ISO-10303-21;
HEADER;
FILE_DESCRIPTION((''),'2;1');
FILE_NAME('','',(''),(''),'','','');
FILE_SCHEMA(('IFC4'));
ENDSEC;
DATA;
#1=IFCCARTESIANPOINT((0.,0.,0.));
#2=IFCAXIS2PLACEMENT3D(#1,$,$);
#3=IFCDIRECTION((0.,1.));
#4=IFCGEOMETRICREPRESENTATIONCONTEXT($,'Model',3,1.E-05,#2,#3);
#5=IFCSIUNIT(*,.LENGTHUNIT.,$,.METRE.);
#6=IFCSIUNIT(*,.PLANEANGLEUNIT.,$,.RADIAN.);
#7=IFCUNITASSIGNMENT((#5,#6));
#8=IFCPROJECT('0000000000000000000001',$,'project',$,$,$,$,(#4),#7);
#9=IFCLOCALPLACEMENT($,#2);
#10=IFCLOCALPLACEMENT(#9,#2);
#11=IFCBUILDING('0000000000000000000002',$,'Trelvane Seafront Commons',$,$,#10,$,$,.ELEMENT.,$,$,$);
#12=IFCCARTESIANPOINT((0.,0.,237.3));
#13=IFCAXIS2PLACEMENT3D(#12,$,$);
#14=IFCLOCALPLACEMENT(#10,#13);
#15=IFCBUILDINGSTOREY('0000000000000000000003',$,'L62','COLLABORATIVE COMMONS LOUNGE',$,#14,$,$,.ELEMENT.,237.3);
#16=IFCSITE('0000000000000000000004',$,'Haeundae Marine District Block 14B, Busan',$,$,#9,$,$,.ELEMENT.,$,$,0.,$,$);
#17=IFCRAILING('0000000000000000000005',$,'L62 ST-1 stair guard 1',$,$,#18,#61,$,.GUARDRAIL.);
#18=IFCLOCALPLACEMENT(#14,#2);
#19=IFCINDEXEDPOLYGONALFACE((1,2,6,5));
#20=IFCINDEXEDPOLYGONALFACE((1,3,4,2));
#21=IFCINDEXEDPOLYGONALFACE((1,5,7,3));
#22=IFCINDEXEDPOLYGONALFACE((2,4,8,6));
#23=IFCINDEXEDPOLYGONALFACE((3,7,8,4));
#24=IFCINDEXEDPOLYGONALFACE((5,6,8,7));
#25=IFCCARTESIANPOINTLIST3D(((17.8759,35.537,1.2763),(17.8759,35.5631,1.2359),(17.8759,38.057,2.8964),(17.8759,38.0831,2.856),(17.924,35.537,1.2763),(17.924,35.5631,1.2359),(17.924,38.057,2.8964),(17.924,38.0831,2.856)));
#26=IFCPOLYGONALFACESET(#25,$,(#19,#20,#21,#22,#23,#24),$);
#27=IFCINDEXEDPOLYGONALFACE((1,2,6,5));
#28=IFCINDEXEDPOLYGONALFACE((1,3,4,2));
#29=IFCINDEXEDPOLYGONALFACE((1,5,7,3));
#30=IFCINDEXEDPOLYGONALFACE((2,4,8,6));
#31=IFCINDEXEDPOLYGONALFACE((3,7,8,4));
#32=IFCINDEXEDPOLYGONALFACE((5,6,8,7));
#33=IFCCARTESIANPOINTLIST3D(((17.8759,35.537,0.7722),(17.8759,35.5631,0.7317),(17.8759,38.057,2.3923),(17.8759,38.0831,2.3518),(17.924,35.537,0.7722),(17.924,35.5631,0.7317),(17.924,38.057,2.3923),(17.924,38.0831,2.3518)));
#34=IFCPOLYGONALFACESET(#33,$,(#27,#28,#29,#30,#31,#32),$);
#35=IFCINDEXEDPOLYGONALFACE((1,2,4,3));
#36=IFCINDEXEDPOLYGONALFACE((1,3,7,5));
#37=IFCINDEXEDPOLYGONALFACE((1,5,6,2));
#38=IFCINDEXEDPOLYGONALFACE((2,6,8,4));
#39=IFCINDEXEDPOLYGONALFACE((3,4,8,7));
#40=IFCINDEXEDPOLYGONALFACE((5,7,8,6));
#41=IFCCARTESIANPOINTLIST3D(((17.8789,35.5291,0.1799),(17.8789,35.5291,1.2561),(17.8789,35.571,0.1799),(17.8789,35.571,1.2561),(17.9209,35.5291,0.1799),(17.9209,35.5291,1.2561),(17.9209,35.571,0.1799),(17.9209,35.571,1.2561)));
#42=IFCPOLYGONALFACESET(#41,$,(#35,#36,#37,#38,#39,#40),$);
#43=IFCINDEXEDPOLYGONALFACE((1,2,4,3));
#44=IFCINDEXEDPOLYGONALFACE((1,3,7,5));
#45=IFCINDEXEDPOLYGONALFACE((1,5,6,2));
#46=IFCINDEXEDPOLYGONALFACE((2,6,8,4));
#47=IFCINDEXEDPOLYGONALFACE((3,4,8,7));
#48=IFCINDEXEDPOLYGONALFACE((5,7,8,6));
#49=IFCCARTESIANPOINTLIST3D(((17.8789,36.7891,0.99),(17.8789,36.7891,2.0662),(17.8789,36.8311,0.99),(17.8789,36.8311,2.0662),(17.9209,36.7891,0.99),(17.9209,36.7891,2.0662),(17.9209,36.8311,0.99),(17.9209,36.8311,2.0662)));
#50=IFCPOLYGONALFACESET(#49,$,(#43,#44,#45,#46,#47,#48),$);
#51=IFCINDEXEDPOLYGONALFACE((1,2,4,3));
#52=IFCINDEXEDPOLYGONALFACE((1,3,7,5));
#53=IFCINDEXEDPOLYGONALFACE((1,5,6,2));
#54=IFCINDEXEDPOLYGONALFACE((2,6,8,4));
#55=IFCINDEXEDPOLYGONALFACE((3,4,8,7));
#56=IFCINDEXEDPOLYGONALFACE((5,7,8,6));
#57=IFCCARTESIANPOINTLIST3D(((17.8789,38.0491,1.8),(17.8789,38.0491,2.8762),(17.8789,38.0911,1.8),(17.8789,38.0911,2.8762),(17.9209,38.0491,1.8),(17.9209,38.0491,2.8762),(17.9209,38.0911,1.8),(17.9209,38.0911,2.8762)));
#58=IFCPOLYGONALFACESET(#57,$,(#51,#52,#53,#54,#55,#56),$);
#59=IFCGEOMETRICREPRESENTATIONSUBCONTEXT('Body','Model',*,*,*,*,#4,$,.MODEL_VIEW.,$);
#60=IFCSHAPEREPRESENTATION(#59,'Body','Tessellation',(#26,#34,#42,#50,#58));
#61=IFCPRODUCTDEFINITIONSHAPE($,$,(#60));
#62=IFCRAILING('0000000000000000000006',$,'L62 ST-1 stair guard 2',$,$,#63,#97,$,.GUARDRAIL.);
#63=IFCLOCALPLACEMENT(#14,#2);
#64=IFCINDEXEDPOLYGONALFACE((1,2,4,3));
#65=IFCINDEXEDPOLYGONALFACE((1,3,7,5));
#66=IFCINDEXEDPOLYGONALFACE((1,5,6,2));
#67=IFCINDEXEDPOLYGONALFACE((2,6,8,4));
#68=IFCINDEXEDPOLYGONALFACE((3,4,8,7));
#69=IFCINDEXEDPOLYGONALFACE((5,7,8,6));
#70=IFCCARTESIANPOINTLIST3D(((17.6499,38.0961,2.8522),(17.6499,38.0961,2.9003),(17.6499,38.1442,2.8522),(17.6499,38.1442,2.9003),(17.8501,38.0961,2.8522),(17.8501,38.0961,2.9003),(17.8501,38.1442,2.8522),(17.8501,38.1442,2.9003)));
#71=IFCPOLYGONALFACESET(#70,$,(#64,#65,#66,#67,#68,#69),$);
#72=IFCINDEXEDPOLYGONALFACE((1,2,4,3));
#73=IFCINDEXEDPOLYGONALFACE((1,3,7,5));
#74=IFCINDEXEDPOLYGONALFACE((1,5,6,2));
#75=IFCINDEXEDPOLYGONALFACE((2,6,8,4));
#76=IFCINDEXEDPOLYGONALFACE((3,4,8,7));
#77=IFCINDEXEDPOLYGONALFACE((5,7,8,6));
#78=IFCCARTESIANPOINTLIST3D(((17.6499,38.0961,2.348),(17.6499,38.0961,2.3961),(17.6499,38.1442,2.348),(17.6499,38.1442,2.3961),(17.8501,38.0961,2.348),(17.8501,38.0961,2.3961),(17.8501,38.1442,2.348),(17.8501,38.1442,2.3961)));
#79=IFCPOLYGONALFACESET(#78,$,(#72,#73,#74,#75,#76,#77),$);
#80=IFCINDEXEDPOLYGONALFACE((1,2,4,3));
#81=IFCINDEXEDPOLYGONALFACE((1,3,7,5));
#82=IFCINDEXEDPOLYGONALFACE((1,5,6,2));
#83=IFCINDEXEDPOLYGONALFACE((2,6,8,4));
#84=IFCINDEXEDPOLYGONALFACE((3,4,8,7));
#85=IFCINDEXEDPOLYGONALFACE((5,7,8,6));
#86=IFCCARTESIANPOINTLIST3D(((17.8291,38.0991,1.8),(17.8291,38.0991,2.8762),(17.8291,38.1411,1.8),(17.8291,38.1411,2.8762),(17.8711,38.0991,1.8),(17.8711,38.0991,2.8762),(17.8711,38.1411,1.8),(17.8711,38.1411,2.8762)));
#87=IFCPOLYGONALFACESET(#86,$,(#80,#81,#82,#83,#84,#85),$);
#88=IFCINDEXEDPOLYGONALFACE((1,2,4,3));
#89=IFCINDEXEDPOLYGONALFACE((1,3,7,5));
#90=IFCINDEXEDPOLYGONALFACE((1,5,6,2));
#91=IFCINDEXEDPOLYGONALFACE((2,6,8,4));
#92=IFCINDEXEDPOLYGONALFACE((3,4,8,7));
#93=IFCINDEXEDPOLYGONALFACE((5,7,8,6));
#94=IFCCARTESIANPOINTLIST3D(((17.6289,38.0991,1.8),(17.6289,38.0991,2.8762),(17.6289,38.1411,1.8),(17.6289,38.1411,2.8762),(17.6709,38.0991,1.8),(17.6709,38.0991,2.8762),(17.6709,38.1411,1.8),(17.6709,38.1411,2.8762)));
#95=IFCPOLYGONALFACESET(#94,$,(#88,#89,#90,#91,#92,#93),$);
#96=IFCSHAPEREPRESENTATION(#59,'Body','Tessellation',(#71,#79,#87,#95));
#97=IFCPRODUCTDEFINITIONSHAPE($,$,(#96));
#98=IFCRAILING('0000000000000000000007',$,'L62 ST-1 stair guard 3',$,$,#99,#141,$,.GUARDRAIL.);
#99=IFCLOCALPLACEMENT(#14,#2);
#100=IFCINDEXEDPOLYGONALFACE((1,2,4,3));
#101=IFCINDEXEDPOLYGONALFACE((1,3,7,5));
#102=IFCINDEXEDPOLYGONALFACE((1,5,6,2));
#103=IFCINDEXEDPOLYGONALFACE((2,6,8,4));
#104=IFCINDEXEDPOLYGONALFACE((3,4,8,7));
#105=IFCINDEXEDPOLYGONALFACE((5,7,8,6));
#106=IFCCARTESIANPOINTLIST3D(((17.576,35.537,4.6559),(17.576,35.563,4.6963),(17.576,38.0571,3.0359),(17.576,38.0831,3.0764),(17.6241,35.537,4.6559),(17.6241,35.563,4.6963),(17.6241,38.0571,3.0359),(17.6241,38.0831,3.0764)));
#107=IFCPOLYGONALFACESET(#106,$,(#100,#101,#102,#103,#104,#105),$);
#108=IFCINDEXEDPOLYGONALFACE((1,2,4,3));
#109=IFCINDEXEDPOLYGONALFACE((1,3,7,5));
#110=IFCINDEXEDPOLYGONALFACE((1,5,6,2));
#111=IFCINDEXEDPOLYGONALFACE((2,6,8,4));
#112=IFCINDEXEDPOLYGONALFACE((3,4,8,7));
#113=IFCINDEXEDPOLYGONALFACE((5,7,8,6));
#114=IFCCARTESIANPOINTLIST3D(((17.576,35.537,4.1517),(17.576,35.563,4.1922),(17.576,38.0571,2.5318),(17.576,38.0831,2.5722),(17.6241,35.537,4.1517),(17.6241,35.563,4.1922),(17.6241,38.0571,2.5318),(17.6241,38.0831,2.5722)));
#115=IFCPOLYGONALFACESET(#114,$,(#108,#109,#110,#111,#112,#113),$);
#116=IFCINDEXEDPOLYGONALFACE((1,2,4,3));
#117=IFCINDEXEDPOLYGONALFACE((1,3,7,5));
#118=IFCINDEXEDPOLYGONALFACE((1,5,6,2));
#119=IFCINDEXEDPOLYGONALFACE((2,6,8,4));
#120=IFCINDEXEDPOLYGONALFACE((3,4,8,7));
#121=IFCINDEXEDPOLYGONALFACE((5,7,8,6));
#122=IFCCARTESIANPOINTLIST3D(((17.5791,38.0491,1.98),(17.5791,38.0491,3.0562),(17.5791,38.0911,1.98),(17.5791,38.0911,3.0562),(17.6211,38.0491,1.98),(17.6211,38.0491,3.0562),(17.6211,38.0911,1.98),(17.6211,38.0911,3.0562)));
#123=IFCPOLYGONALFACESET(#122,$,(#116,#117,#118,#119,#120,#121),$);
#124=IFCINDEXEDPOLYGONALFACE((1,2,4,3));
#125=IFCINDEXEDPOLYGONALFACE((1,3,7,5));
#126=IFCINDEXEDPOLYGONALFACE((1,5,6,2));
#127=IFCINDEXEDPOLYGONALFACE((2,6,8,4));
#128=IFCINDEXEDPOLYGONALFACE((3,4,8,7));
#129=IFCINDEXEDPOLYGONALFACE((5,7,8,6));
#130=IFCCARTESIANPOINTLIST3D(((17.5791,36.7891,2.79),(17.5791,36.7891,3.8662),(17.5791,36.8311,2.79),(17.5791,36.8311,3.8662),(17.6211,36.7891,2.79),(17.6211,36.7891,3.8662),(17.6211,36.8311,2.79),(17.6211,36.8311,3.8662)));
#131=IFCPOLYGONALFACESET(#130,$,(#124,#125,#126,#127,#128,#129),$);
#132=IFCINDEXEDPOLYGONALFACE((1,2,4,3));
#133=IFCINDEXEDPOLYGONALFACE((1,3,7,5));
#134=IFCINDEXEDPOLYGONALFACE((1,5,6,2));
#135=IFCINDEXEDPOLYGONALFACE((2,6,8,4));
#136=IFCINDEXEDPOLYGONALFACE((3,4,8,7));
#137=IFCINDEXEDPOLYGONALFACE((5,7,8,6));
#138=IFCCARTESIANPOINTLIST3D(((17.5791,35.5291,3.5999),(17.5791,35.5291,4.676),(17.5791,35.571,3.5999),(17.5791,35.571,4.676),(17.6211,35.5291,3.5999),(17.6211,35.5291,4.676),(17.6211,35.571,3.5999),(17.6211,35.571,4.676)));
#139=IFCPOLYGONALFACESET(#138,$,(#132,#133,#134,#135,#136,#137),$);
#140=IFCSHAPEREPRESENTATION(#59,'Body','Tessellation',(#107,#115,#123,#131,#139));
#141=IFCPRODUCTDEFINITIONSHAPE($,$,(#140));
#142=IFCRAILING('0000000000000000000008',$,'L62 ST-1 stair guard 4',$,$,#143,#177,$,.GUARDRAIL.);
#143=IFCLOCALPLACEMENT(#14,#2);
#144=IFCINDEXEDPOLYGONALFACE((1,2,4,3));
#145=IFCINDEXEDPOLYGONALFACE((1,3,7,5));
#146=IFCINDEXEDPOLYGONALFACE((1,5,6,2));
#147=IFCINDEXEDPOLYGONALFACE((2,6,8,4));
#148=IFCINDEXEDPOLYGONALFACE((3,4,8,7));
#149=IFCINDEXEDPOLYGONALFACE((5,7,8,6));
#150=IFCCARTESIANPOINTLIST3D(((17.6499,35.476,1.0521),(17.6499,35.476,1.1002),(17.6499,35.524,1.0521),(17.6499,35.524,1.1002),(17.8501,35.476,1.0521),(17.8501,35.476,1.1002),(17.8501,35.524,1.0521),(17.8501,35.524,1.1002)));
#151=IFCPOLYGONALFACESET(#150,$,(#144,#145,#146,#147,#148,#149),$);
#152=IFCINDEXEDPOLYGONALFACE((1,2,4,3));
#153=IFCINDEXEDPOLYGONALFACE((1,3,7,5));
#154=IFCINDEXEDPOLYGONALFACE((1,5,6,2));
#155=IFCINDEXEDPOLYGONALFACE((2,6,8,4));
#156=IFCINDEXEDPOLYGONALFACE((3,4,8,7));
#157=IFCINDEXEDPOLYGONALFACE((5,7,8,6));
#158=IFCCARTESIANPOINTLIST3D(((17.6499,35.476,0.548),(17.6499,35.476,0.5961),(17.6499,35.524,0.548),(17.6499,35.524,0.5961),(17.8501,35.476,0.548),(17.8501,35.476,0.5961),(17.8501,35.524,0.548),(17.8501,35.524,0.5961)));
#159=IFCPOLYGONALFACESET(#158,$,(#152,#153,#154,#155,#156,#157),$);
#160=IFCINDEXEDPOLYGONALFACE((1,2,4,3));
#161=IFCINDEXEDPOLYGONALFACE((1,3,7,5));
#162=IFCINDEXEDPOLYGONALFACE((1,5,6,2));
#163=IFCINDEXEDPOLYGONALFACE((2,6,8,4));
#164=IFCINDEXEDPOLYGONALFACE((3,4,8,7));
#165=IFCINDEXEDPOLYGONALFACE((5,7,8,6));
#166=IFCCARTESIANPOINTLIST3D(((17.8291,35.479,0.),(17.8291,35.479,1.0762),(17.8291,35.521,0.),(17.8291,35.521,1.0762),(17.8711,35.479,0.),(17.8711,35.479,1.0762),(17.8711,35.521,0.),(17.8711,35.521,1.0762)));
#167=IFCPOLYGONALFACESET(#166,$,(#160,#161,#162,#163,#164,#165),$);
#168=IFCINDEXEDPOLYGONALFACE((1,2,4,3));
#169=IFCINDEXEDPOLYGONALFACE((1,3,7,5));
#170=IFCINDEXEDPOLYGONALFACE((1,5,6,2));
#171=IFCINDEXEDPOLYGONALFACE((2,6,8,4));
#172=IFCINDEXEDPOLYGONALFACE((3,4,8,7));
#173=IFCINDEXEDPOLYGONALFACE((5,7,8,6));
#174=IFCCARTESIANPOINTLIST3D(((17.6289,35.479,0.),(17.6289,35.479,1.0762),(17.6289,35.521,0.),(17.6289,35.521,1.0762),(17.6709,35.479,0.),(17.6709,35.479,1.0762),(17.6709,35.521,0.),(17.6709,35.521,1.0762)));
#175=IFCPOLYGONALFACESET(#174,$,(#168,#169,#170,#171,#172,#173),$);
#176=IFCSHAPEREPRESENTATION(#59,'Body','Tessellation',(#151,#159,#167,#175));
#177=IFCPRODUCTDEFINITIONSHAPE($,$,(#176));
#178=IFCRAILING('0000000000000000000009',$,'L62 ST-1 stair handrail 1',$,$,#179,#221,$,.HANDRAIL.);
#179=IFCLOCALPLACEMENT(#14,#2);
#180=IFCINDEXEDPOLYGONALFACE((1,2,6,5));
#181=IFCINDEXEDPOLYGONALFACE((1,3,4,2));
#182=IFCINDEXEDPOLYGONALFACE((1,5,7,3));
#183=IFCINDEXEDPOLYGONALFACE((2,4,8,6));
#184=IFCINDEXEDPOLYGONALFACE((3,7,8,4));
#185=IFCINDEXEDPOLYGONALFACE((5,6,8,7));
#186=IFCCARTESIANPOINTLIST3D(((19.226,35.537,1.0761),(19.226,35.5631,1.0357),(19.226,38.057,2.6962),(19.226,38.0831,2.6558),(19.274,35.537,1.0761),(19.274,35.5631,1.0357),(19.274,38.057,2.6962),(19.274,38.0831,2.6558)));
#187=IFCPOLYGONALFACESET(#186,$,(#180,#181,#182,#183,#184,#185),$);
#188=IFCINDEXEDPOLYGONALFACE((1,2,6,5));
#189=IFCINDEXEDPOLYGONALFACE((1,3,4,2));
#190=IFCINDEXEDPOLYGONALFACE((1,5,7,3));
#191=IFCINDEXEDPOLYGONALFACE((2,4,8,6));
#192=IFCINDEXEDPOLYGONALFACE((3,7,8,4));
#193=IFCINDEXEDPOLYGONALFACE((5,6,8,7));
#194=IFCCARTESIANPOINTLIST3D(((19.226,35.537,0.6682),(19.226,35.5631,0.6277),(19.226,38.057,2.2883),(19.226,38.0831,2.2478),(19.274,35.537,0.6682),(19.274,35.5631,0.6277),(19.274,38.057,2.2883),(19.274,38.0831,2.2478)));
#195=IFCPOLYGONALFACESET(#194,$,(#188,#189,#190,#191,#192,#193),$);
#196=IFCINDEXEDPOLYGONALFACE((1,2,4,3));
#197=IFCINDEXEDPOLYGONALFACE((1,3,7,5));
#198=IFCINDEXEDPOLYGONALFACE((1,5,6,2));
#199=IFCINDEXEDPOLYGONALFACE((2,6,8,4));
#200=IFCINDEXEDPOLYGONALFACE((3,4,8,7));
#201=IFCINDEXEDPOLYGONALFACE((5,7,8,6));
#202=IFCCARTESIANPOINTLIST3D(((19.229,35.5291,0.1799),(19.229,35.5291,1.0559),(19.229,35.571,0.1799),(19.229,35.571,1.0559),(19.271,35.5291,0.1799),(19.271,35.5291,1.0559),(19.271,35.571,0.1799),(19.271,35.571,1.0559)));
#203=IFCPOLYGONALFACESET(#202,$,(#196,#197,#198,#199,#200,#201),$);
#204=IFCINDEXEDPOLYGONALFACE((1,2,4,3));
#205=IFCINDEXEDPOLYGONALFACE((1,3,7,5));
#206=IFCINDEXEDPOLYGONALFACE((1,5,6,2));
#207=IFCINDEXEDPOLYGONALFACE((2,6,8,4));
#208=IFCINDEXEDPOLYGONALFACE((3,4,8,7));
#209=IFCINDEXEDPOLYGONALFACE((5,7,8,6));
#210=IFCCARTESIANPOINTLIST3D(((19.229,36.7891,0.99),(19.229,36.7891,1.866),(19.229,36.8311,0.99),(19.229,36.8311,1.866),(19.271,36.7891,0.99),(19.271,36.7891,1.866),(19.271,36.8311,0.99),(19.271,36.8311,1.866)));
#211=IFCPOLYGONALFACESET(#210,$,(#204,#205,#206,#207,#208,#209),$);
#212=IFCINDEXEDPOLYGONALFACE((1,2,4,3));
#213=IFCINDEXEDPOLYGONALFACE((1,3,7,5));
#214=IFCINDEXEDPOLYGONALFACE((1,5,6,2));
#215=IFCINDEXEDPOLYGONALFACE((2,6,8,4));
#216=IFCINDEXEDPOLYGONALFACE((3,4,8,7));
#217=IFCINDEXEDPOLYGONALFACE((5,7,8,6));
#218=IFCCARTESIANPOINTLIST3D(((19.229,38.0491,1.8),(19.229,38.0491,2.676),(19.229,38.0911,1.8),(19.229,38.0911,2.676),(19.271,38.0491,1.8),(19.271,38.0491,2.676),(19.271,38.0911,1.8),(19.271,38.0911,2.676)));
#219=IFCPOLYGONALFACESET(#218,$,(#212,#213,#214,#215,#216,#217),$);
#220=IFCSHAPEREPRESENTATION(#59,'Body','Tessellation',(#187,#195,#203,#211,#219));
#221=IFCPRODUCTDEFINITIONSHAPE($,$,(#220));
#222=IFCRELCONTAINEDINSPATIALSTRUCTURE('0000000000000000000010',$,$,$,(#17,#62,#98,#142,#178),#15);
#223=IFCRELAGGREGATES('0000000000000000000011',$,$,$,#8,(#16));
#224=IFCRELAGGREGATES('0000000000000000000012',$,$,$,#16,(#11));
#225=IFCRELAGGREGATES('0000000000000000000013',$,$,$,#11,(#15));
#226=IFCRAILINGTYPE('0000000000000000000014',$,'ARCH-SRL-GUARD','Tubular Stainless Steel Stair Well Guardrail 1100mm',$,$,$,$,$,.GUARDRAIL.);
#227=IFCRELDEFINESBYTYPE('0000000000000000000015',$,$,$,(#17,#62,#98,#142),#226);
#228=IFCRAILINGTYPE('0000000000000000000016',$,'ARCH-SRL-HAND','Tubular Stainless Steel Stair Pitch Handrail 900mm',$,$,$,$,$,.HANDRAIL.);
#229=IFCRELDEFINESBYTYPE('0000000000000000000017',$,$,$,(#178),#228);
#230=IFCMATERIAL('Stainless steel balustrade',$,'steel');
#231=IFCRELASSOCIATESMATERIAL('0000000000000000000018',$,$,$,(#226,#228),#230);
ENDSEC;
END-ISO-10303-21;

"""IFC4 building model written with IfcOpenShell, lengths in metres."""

from ifc_helpers import new_model, si_unit, direction, frame, origin, origin_2d, place, context, subcontext, project, spatial, rectangle, extrude, material, type_object, element, save


model = new_model("IFC4")

# Units and contexts
model_context = context("Model", 3, precision=1e-05, world=origin(), true_north=direction((0.0, 1.0)))
body_context = subcontext(model_context, "Body", "Model", "MODEL_VIEW")
ifc_project = project(units=[si_unit("LENGTHUNIT", "METRE"), si_unit("PLANEANGLEUNIT", "RADIAN")], contexts=[model_context])

# Site, building, storey
site_placement = place(None, origin())
site = spatial("IfcSite", under=ifc_project, at=site_placement, Name="Haeundae Marine District Block 14B, Busan", CompositionType="ELEMENT", RefElevation=0.0)
building_placement = place(site_placement, origin())
building = spatial("IfcBuilding", under=site, at=building_placement, Name="Trelvane Seafront Commons", CompositionType="ELEMENT")
storey_placement = place(building_placement, frame((0.0, 0.0, 237.3)))
storey = spatial("IfcBuildingStorey", under=building, at=storey_placement, Name="L62", Description="COLLABORATIVE COMMONS LOUNGE", CompositionType="ELEMENT", Elevation=237.3)

# Shared definitions
ifc_material_1 = material(Name="Stainless steel balustrade", Category="steel")

# Railings
railing_type_1 = type_object("IfcRailingType", Name="ARCH-SRL-GUARD", Description="Tubular Stainless Steel Stair Well Guardrail 1100mm", PredefinedType="GUARDRAIL", material=ifc_material_1)
railing_1_placement = place(storey_placement, frame((17.8999, 35.55, 0.1799)))
element("IfcRailing", 1, at=railing_1_placement, inside=storey, type_object=railing_type_1, Name="L62 ST-1 stair guard 1", PredefinedType="GUARDRAIL", context=body_context, shape_type="SweptSolid", body=[
    extrude(rectangle(XDim=0.0481, YDim=0.0481, at=origin_2d()), frame((0.0, 0.0, 1.0762), z_axis=(0.0, 0.841163, 0.540782), x_axis=(-1.0, 0.0, 0.0)), (0.0, 0.0, 1.0), 2.9958),
    extrude(rectangle(XDim=0.0481, YDim=0.0481, at=origin_2d()), frame((0.0, 0.0, 0.572), z_axis=(0.0, 0.841163, 0.540782), x_axis=(-1.0, 0.0, 0.0)), (0.0, 0.0, 1.0), 2.9958),
    extrude(rectangle(XDim=0.042, YDim=0.042, at=origin_2d()), origin(), (0.0, 0.0, 1.0), 1.0762),
    extrude(rectangle(XDim=0.042, YDim=0.042, at=origin_2d()), frame((0.0, 1.26, 0.8101)), (0.0, 0.0, 1.0), 1.0762),
    extrude(rectangle(XDim=0.042, YDim=0.042, at=origin_2d()), frame((0.0, 2.52, 1.6201)), (0.0, 0.0, 1.0), 1.0762),
])
railing_2_placement = place(storey_placement, frame((17.8501, 38.1201, 1.8)))
element("IfcRailing", 2, at=railing_2_placement, inside=storey, type_object=railing_type_1, Name="L62 ST-1 stair guard 2", PredefinedType="GUARDRAIL", context=body_context, shape_type="SweptSolid", body=[
    extrude(rectangle(XDim=0.0481, YDim=0.0481, at=origin_2d()), frame((0.0, 0.0, 1.0762), z_axis=(-1.0, 0.0, 0.0), x_axis=(0.0, -1.0, 0.0)), (0.0, 0.0, 1.0), 0.2002),
    extrude(rectangle(XDim=0.0481, YDim=0.0481, at=origin_2d()), frame((0.0, 0.0, 0.572), z_axis=(-1.0, 0.0, 0.0), x_axis=(0.0, -1.0, 0.0)), (0.0, 0.0, 1.0), 0.2002),
    extrude(rectangle(XDim=0.042, YDim=0.042, at=origin_2d()), origin(), (0.0, 0.0, 1.0), 1.0762),
    extrude(rectangle(XDim=0.042, YDim=0.042, at=origin_2d()), frame((-0.2002, 0.0, 0.0)), (0.0, 0.0, 1.0), 1.0762),
])
railing_3_placement = place(storey_placement, frame((17.6001, 38.0701, 1.98)))
element("IfcRailing", 3, at=railing_3_placement, inside=storey, type_object=railing_type_1, Name="L62 ST-1 stair guard 3", PredefinedType="GUARDRAIL", context=body_context, shape_type="SweptSolid", body=[
    extrude(rectangle(XDim=0.0481, YDim=0.0481, at=origin_2d()), frame((0.0, 0.0, 1.0762), z_axis=(0.0, -0.8412, 0.540725), x_axis=(1.0, 0.0, 0.0)), (0.0, 0.0, 1.0), 2.9958),
    extrude(rectangle(XDim=0.0481, YDim=0.0481, at=origin_2d()), frame((0.0, 0.0, 0.572), z_axis=(0.0, -0.8412, 0.540725), x_axis=(1.0, 0.0, 0.0)), (0.0, 0.0, 1.0), 2.9958),
    extrude(rectangle(XDim=0.042, YDim=0.042, at=origin_2d()), origin(), (0.0, 0.0, 1.0), 1.0762),
    extrude(rectangle(XDim=0.042, YDim=0.042, at=origin_2d()), frame((0.0, -1.26, 0.8101)), (0.0, 0.0, 1.0), 1.0762),
    extrude(rectangle(XDim=0.042, YDim=0.042, at=origin_2d()), frame((0.0, -2.52, 1.6199)), (0.0, 0.0, 1.0), 1.0762),
])
railing_4_placement = place(storey_placement, frame((17.8501, 35.5, 0.0)))
element("IfcRailing", 4, at=railing_4_placement, inside=storey, type_object=railing_type_1, Name="L62 ST-1 stair guard 4", PredefinedType="GUARDRAIL", context=body_context, shape_type="SweptSolid", body=[
    extrude(rectangle(XDim=0.0481, YDim=0.0481, at=origin_2d()), frame((0.0, 0.0, 1.0762), z_axis=(-1.0, 0.0, 0.0), x_axis=(0.0, -1.0, 0.0)), (0.0, 0.0, 1.0), 0.2002),
    extrude(rectangle(XDim=0.0481, YDim=0.0481, at=origin_2d()), frame((0.0, 0.0, 0.572), z_axis=(-1.0, 0.0, 0.0), x_axis=(0.0, -1.0, 0.0)), (0.0, 0.0, 1.0), 0.2002),
    extrude(rectangle(XDim=0.042, YDim=0.042, at=origin_2d()), origin(), (0.0, 0.0, 1.0), 1.0762),
    extrude(rectangle(XDim=0.042, YDim=0.042, at=origin_2d()), frame((-0.2002, 0.0, 0.0)), (0.0, 0.0, 1.0), 1.0762),
])
railing_type_2 = type_object("IfcRailingType", Name="ARCH-SRL-HAND", Description="Tubular Stainless Steel Stair Pitch Handrail 900mm", PredefinedType="HANDRAIL", material=ifc_material_1)
railing_5_placement = place(storey_placement, frame((19.25, 35.55, 0.1799)))
element("IfcRailing", 5, at=railing_5_placement, inside=storey, type_object=railing_type_2, Name="L62 ST-1 stair handrail 1", PredefinedType="HANDRAIL", context=body_context, shape_type="SweptSolid", body=[
    extrude(rectangle(XDim=0.0481, YDim=0.0481, at=origin_2d()), frame((0.0, 0.0, 0.876), z_axis=(0.0, 0.841163, 0.540782), x_axis=(-1.0, 0.0, 0.0)), (0.0, 0.0, 1.0), 2.9958),
    extrude(rectangle(XDim=0.0481, YDim=0.0481, at=origin_2d()), frame((0.0, 0.0, 0.468), z_axis=(0.0, 0.841163, 0.540782), x_axis=(-1.0, 0.0, 0.0)), (0.0, 0.0, 1.0), 2.9958),
    extrude(rectangle(XDim=0.042, YDim=0.042, at=origin_2d()), origin(), (0.0, 0.0, 1.0), 0.876),
    extrude(rectangle(XDim=0.042, YDim=0.042, at=origin_2d()), frame((0.0, 1.26, 0.8101)), (0.0, 0.0, 1.0), 0.876),
    extrude(rectangle(XDim=0.042, YDim=0.042, at=origin_2d()), frame((0.0, 2.52, 1.6201)), (0.0, 0.0, 1.0), 0.876),
])

save(model, "model.ifc")
